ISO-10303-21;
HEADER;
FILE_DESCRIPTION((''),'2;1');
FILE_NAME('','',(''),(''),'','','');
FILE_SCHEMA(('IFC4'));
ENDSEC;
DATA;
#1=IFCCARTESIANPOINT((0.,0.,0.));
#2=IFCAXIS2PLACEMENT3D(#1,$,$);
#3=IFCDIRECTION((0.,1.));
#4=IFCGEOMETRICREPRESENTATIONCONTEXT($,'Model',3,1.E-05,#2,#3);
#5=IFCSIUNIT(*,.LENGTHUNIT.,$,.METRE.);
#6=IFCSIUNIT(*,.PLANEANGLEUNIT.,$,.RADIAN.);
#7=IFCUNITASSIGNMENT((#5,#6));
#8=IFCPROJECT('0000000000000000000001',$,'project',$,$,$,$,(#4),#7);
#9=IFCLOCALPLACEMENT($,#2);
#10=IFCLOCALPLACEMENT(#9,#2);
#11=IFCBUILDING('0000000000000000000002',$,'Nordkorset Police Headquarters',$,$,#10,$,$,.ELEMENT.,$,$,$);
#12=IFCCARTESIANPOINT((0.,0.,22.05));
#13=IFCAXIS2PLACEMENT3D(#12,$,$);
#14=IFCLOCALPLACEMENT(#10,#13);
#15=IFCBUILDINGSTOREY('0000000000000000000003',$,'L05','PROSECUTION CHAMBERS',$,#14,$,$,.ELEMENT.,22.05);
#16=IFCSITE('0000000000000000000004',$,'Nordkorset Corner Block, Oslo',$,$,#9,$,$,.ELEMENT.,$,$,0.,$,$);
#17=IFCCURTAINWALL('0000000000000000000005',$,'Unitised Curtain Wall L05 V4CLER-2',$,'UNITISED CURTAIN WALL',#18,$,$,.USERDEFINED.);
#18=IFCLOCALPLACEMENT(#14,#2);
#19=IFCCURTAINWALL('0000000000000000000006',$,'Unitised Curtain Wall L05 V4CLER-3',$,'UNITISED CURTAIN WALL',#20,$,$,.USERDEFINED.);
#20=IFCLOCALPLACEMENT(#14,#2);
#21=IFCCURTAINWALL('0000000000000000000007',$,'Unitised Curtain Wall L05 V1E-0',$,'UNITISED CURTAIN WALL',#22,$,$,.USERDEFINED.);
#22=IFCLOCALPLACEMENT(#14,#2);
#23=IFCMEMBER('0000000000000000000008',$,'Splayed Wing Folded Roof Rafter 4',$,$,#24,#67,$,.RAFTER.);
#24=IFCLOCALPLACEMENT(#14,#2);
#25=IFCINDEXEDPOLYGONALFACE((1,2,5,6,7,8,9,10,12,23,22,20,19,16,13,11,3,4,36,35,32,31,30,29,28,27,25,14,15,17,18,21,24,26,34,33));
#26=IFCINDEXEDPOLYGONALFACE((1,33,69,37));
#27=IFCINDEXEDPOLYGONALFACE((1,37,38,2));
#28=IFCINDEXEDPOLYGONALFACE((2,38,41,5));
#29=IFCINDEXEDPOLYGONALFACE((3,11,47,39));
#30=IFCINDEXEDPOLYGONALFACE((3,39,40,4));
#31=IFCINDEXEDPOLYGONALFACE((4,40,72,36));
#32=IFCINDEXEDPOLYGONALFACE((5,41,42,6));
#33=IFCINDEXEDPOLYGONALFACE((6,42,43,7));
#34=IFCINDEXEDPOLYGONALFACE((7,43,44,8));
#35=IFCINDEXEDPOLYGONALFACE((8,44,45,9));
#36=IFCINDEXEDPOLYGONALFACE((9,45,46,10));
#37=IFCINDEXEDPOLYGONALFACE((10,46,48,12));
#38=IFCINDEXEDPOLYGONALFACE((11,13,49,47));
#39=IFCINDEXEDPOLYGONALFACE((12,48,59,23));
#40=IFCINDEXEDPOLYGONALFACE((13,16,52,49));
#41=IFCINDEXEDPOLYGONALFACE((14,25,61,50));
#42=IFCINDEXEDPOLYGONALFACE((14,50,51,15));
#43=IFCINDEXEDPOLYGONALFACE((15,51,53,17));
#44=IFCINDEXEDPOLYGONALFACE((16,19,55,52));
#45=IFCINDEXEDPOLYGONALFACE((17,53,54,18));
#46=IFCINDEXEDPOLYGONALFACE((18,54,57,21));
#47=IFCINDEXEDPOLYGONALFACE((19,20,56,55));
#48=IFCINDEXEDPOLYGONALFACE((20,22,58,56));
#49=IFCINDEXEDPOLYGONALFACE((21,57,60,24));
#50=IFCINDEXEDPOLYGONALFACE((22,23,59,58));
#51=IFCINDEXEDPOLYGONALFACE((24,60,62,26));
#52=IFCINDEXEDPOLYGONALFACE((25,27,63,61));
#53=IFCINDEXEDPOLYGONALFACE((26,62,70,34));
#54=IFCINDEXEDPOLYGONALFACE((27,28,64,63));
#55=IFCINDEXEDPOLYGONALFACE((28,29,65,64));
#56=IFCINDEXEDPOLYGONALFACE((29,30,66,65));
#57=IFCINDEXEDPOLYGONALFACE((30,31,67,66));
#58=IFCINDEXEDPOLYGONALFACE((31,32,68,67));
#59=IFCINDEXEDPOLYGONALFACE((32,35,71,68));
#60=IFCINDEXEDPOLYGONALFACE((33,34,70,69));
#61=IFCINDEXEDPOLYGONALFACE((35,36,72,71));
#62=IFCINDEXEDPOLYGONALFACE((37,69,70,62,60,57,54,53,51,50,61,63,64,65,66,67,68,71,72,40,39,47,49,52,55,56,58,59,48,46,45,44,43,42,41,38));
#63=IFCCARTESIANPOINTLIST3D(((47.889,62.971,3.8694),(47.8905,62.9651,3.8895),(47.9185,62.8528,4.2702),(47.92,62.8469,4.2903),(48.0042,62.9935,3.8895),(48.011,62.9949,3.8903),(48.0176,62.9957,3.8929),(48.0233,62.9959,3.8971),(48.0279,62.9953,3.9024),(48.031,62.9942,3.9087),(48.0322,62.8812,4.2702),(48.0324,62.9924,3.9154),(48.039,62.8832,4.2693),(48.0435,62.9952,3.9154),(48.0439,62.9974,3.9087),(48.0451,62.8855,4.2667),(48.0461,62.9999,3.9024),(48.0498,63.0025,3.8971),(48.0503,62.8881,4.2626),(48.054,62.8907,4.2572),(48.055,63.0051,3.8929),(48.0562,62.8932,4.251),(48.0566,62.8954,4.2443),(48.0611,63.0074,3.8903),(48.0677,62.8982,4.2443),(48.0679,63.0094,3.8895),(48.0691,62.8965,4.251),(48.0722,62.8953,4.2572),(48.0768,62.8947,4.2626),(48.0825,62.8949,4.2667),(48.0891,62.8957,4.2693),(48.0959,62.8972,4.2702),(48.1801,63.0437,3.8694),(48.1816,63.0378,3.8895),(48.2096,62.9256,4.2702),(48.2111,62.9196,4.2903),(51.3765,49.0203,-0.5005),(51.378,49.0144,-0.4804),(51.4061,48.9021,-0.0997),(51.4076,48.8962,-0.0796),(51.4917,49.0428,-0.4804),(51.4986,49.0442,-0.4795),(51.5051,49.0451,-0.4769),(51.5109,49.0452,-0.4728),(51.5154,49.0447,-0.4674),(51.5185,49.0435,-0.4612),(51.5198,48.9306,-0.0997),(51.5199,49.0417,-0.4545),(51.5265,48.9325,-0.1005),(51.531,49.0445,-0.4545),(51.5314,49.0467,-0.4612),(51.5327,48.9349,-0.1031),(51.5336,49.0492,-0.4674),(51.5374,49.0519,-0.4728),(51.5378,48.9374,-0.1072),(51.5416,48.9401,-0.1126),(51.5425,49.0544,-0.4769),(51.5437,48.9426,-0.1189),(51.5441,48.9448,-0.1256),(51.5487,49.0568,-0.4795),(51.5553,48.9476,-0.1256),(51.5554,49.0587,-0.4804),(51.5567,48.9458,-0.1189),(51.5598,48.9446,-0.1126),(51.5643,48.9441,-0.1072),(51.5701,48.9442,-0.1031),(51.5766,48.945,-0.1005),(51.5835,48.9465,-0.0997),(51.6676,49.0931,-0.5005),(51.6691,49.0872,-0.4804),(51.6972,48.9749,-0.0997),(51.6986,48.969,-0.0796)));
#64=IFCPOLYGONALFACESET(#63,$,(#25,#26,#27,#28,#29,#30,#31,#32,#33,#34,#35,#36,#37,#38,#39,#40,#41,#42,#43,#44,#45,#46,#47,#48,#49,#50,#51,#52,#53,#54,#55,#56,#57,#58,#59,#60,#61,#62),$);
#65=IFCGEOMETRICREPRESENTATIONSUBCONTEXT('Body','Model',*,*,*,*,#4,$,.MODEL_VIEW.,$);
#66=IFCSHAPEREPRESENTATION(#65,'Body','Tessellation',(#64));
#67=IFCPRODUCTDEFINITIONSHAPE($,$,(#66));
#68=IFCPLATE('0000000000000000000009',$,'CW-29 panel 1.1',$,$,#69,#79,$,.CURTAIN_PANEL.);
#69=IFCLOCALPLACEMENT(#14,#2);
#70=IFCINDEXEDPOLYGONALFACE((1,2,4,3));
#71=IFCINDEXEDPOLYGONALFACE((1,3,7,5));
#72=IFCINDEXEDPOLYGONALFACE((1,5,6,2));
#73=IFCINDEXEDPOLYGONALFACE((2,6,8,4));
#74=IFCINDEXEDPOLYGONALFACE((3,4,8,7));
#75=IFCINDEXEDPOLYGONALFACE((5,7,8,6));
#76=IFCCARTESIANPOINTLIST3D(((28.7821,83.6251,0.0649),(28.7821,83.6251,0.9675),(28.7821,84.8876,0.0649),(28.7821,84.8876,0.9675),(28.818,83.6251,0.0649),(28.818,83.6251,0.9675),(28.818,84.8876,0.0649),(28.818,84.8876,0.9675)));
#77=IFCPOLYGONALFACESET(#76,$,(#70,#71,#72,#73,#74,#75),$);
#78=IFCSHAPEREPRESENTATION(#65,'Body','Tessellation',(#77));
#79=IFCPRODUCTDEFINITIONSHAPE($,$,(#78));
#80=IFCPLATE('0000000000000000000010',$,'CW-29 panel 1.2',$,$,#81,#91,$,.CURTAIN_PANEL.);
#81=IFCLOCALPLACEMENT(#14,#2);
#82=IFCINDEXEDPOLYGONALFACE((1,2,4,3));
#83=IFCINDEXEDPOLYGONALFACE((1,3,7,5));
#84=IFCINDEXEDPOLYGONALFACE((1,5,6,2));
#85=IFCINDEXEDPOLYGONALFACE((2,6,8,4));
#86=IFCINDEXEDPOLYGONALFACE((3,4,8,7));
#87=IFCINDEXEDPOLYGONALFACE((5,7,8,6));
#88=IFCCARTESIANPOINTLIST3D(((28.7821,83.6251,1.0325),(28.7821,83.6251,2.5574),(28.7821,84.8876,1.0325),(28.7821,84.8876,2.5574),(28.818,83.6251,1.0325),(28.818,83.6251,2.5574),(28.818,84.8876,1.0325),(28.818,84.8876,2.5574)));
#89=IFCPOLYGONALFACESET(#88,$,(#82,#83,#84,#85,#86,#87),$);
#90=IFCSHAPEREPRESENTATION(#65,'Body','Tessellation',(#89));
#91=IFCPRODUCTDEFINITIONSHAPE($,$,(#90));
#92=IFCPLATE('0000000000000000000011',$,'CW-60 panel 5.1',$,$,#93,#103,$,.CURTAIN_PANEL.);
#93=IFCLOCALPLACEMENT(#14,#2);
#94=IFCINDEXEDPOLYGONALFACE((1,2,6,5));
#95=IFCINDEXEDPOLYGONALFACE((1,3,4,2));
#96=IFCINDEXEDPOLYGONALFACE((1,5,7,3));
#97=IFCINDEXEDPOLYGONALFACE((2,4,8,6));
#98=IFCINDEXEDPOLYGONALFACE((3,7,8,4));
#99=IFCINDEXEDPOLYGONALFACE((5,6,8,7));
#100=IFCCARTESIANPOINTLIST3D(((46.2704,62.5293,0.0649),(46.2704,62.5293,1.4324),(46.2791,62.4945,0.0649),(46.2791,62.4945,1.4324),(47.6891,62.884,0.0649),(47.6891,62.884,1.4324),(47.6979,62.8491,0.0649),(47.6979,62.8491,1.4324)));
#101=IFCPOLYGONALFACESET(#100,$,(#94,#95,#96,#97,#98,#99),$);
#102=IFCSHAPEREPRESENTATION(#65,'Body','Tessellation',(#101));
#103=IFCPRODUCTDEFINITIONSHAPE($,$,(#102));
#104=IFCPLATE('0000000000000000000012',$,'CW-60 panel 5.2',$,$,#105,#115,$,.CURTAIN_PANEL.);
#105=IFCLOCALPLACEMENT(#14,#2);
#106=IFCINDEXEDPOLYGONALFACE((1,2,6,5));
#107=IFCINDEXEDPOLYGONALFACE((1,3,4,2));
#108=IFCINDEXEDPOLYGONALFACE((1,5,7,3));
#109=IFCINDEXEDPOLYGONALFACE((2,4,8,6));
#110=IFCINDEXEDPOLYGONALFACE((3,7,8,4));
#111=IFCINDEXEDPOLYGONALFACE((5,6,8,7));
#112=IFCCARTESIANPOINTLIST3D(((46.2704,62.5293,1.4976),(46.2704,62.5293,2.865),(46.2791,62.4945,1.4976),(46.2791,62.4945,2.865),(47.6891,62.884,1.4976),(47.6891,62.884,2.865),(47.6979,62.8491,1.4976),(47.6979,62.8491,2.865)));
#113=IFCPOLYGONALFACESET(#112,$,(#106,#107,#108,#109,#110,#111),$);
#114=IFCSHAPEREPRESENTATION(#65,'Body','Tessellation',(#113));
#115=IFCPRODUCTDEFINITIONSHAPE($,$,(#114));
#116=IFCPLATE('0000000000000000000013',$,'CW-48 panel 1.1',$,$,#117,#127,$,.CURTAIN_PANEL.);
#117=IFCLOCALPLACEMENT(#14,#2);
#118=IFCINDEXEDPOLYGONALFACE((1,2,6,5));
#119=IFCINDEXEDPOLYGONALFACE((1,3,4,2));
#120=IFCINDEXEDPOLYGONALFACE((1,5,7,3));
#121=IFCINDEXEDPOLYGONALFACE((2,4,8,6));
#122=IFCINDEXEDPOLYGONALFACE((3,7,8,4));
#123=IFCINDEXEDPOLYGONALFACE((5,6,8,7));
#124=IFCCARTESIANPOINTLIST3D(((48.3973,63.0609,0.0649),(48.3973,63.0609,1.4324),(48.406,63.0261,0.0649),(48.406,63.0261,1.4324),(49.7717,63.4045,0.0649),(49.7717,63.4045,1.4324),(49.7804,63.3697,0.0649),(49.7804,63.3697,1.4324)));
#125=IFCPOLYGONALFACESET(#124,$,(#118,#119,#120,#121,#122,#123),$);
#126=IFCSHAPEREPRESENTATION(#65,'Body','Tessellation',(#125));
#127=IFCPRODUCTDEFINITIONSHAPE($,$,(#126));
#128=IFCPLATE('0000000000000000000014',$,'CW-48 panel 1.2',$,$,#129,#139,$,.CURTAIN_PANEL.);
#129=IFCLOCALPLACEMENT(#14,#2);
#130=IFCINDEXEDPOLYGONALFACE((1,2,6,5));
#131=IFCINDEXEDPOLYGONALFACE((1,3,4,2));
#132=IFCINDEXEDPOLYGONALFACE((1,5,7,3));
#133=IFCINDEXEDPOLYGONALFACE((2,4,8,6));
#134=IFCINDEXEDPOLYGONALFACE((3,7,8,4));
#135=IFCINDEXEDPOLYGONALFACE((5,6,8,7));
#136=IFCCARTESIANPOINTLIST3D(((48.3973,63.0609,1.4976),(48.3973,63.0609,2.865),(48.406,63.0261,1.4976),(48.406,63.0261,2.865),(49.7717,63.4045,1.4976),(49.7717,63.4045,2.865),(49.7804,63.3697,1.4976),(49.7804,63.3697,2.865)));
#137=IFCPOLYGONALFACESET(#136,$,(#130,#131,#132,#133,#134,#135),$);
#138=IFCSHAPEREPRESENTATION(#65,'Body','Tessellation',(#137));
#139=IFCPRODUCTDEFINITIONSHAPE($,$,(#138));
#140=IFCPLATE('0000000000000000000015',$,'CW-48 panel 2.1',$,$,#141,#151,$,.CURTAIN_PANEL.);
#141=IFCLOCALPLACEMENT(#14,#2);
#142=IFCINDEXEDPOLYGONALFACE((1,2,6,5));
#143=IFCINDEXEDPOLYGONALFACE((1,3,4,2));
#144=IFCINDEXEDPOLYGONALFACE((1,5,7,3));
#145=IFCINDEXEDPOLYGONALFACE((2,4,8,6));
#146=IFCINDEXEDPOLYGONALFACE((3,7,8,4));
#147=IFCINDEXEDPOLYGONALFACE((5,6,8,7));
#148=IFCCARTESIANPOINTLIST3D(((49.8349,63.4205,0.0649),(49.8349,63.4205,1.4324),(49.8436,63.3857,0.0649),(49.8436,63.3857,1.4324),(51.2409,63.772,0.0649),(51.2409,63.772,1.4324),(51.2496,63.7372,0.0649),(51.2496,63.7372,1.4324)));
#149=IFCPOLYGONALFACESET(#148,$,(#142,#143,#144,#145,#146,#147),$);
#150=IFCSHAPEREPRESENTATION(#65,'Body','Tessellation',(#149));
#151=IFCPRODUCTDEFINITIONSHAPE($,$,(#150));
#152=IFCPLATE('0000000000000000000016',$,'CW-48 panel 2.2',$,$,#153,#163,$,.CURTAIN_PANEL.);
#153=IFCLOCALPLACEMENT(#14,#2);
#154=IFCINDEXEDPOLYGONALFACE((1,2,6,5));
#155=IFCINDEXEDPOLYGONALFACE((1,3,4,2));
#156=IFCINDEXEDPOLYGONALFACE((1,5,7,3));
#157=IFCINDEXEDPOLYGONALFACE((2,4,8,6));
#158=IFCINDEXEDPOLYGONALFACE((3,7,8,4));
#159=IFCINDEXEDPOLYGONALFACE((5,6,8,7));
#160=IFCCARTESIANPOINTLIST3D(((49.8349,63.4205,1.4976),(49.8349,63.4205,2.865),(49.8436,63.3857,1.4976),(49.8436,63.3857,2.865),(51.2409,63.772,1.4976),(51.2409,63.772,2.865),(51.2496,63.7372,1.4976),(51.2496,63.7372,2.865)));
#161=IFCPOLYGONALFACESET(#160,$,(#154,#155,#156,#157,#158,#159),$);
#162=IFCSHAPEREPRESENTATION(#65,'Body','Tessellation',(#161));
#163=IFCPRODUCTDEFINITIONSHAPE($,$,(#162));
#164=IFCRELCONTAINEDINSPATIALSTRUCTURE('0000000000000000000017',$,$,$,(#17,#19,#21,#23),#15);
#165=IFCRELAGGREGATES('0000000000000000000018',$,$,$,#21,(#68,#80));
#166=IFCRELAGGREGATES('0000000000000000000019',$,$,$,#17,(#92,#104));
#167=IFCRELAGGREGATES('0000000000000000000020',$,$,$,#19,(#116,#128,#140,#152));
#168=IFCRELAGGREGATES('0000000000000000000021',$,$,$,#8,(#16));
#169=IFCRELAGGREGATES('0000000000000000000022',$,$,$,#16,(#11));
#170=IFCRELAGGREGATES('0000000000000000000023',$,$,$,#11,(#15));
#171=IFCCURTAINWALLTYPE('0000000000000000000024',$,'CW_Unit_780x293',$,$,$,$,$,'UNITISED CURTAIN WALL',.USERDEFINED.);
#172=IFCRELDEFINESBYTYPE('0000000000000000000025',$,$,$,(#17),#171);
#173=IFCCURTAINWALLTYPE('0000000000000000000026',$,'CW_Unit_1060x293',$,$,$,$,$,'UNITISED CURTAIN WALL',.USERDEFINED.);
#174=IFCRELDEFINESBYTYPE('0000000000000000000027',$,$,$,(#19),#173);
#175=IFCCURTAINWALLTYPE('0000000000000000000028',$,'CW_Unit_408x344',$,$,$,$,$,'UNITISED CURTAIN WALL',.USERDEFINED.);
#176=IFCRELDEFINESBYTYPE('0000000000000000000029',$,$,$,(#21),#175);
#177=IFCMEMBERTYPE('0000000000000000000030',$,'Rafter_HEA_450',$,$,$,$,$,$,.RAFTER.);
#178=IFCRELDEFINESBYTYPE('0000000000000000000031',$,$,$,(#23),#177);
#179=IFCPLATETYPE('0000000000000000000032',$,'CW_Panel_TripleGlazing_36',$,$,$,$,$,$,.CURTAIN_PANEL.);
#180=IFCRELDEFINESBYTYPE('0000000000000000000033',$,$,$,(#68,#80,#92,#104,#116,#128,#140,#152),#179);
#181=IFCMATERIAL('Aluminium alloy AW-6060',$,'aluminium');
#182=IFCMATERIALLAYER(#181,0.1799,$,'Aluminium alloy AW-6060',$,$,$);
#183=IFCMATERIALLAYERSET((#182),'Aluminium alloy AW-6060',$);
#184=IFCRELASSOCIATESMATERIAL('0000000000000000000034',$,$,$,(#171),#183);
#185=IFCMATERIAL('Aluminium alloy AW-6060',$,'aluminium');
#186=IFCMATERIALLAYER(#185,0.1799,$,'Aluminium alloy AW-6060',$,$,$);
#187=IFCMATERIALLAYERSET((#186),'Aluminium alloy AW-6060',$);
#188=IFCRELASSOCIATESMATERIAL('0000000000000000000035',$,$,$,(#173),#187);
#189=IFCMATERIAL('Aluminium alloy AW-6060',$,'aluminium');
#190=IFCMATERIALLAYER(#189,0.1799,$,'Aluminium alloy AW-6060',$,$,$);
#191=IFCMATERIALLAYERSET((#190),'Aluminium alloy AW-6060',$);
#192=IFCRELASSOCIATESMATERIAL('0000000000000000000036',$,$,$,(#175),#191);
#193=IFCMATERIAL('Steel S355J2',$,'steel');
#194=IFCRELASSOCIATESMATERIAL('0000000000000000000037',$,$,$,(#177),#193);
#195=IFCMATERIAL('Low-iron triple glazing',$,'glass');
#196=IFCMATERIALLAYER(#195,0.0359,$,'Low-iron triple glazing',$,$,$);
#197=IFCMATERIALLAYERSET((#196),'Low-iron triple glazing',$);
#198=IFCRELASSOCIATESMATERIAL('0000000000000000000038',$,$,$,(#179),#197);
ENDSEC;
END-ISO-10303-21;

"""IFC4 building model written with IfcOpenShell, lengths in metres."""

from ifc_helpers import new_model, si_unit, direction, frame, origin, origin_2d, place, context, subcontext, project, spatial, rectangle, i_section, extrude, material, layer, layer_set, material_profile, profile_set, type_object, element, aggregate, save


model = new_model("IFC4")

# Units and contexts
model_context = context("Model", 3, precision=1e-05, world=origin(), true_north=direction((0.0, 1.0)))
body_context = subcontext(model_context, "Body", "Model", "MODEL_VIEW")
ifc_project = project(units=[si_unit("LENGTHUNIT", "METRE"), si_unit("PLANEANGLEUNIT", "RADIAN")], contexts=[model_context])

# Site, building, storey
site_placement = place(None, origin())
site = spatial("IfcSite", under=ifc_project, at=site_placement, Name="Nordkorset Corner Block, Oslo", CompositionType="ELEMENT", RefElevation=0.0)
building_placement = place(site_placement, origin())
building = spatial("IfcBuilding", under=site, at=building_placement, Name="Nordkorset Police Headquarters", CompositionType="ELEMENT")
storey_placement = place(building_placement, frame((0.0, 0.0, 22.05)))
storey = spatial("IfcBuildingStorey", under=building, at=storey_placement, Name="L05", Description="PROSECUTION CHAMBERS", CompositionType="ELEMENT", Elevation=22.05)

# Curtain walls
ifc_material_1 = material(Name="Aluminium alloy AW-6060", Category="aluminium")
ifc_layer_1 = layer(ifc_material_1, 0.1799, Name="Aluminium alloy AW-6060")
ifc_layer_set_1 = layer_set([ifc_layer_1], Name="Aluminium alloy AW-6060")
curtain_wall_type_1 = type_object("IfcCurtainWallType", Name="CW_Unit_780x293", ElementType="UNITISED CURTAIN WALL", PredefinedType="USERDEFINED", material=ifc_layer_set_1)
curtain_wall_1_placement = place(storey_placement, origin())
curtain_wall_1 = element("IfcCurtainWall", 1, at=curtain_wall_1_placement, inside=storey, type_object=curtain_wall_type_1, Name="Unitised Curtain Wall L05 V4CLER-2", ObjectType="UNITISED CURTAIN WALL", PredefinedType="USERDEFINED")
ifc_material_2 = material(Name="Aluminium alloy AW-6060", Category="aluminium")
ifc_layer_2 = layer(ifc_material_2, 0.1799, Name="Aluminium alloy AW-6060")
ifc_layer_set_2 = layer_set([ifc_layer_2], Name="Aluminium alloy AW-6060")
curtain_wall_type_2 = type_object("IfcCurtainWallType", Name="CW_Unit_1060x293", ElementType="UNITISED CURTAIN WALL", PredefinedType="USERDEFINED", material=ifc_layer_set_2)
curtain_wall_2_placement = place(storey_placement, origin())
curtain_wall_2 = element("IfcCurtainWall", 2, at=curtain_wall_2_placement, inside=storey, type_object=curtain_wall_type_2, Name="Unitised Curtain Wall L05 V4CLER-3", ObjectType="UNITISED CURTAIN WALL", PredefinedType="USERDEFINED")
ifc_material_3 = material(Name="Aluminium alloy AW-6060", Category="aluminium")
ifc_layer_3 = layer(ifc_material_3, 0.1799, Name="Aluminium alloy AW-6060")
ifc_layer_set_3 = layer_set([ifc_layer_3], Name="Aluminium alloy AW-6060")
curtain_wall_type_3 = type_object("IfcCurtainWallType", Name="CW_Unit_408x344", ElementType="UNITISED CURTAIN WALL", PredefinedType="USERDEFINED", material=ifc_layer_set_3)
curtain_wall_3_placement = place(storey_placement, origin())
curtain_wall_3 = element("IfcCurtainWall", 3, at=curtain_wall_3_placement, inside=storey, type_object=curtain_wall_type_3, Name="Unitised Curtain Wall L05 V1E-0", ObjectType="UNITISED CURTAIN WALL", PredefinedType="USERDEFINED")

# Member
ifc_material_4 = material(Name="Steel S355J2", Category="steel")
ifc_material_profile_1 = material_profile(ifc_material_4, i_section(OverallWidth=0.3, OverallDepth=0.4399, WebThickness=0.0115, FlangeThickness=0.021, FilletRadius=0.0271, at=origin_2d()), Name="HEA 450")
ifc_profile_set_1 = profile_set([ifc_material_profile_1], Name="Steel S355J2")
member_type_1 = type_object("IfcMemberType", Name="Rafter_HEA_450", PredefinedType="RAFTER", material=ifc_profile_set_1)
member_1_placement = place(storey_placement, frame((48.05, 62.9453, 4.0798), z_axis=(0.23205, -0.928231, -0.290757), x_axis=(0.970144, 0.242528, 0.0)))
element("IfcMember", 4, at=member_1_placement, inside=storey, type_object=member_type_1, Name="Splayed Wing Folded Roof Rafter 4", PredefinedType="RAFTER", context=body_context, shape_type="SweptSolid", body=[
    extrude(i_section(OverallWidth=0.3, OverallDepth=0.4399, WebThickness=0.0115, FlangeThickness=0.021, FilletRadius=0.0271, at=origin_2d()), origin(), (0.0, 0.0, 1.0), 15.0293),
])

# Plates
ifc_material_5 = material(Name="Low-iron triple glazing", Category="glass")
ifc_layer_4 = layer(ifc_material_5, 0.0359, Name="Low-iron triple glazing")
ifc_layer_set_4 = layer_set([ifc_layer_4], Name="Low-iron triple glazing")
plate_type = type_object("IfcPlateType", Name="CW_Panel_TripleGlazing_36", PredefinedType="CURTAIN_PANEL", material=ifc_layer_set_4)
plate_1_placement = place(storey_placement, frame((28.8, 84.2563, 0.0649), z_axis=(0.0, 0.0, 1.0), x_axis=(0.0, 1.0, 0.0)))
plate_1 = element("IfcPlate", 5, at=plate_1_placement, type_object=plate_type, Name="CW-29 panel 1.1", PredefinedType="CURTAIN_PANEL", context=body_context, shape_type="SweptSolid", body=[
    extrude(rectangle(XDim=1.2625, YDim=0.0359, at=origin_2d()), origin(), (0.0, 0.0, 1.0), 0.9026),
])
plate_2_placement = place(storey_placement, frame((28.8, 84.2563, 1.0325), z_axis=(0.0, 0.0, 1.0), x_axis=(0.0, 1.0, 0.0)))
plate_2 = element("IfcPlate", 6, at=plate_2_placement, type_object=plate_type, Name="CW-29 panel 1.2", PredefinedType="CURTAIN_PANEL", context=body_context, shape_type="SweptSolid", body=[
    extrude(rectangle(XDim=1.2625, YDim=0.0359, at=origin_2d()), origin(), (0.0, 0.0, 1.0), 1.5249),
])
aggregate(curtain_wall_3, [plate_1, plate_2])
plate_3_placement = place(storey_placement, frame((46.9841, 62.6892, 0.0649), z_axis=(0.0, 0.0, 1.0), x_axis=(0.970142, 0.242536, 0.0)))
plate_3 = element("IfcPlate", 7, at=plate_3_placement, type_object=plate_type, Name="CW-60 panel 5.1", PredefinedType="CURTAIN_PANEL", context=body_context, shape_type="SweptSolid", body=[
    extrude(rectangle(XDim=1.4624, YDim=0.0359, at=origin_2d()), origin(), (0.0, 0.0, 1.0), 1.3674),
])
plate_4_placement = place(storey_placement, frame((46.9841, 62.6892, 1.4976), z_axis=(0.0, 0.0, 1.0), x_axis=(0.970142, 0.242536, 0.0)))
plate_4 = element("IfcPlate", 8, at=plate_4_placement, type_object=plate_type, Name="CW-60 panel 5.2", PredefinedType="CURTAIN_PANEL", context=body_context, shape_type="SweptSolid", body=[
    extrude(rectangle(XDim=1.4624, YDim=0.0359, at=origin_2d()), origin(), (0.0, 0.0, 1.0), 1.3674),
])
aggregate(curtain_wall_1, [plate_3, plate_4])
plate_5_placement = place(storey_placement, frame((49.0889, 63.2153, 0.0649), z_axis=(0.0, 0.0, 1.0), x_axis=(0.970142, 0.242536, 0.0)))
plate_5 = element("IfcPlate", 9, at=plate_5_placement, type_object=plate_type, Name="CW-48 panel 1.1", PredefinedType="CURTAIN_PANEL", context=body_context, shape_type="SweptSolid", body=[
    extrude(rectangle(XDim=1.4167, YDim=0.0359, at=origin_2d()), origin(), (0.0, 0.0, 1.0), 1.3674),
])
plate_6_placement = place(storey_placement, frame((49.0889, 63.2153, 1.4976), z_axis=(0.0, 0.0, 1.0), x_axis=(0.970142, 0.242536, 0.0)))
plate_6 = element("IfcPlate", 10, at=plate_6_placement, type_object=plate_type, Name="CW-48 panel 1.2", PredefinedType="CURTAIN_PANEL", context=body_context, shape_type="SweptSolid", body=[
    extrude(rectangle(XDim=1.4167, YDim=0.0359, at=origin_2d()), origin(), (0.0, 0.0, 1.0), 1.3674),
])
plate_7_placement = place(storey_placement, frame((50.5422, 63.5789, 0.0649), z_axis=(0.0, 0.0, 1.0), x_axis=(0.970142, 0.242536, 0.0)))
plate_7 = element("IfcPlate", 11, at=plate_7_placement, type_object=plate_type, Name="CW-48 panel 2.1", PredefinedType="CURTAIN_PANEL", context=body_context, shape_type="SweptSolid", body=[
    extrude(rectangle(XDim=1.4492, YDim=0.0359, at=origin_2d()), origin(), (0.0, 0.0, 1.0), 1.3674),
])
plate_8_placement = place(storey_placement, frame((50.5422, 63.5789, 1.4976), z_axis=(0.0, 0.0, 1.0), x_axis=(0.970142, 0.242536, 0.0)))
plate_8 = element("IfcPlate", 12, at=plate_8_placement, type_object=plate_type, Name="CW-48 panel 2.2", PredefinedType="CURTAIN_PANEL", context=body_context, shape_type="SweptSolid", body=[
    extrude(rectangle(XDim=1.4492, YDim=0.0359, at=origin_2d()), origin(), (0.0, 0.0, 1.0), 1.3674),
])
aggregate(curtain_wall_2, [plate_5, plate_6, plate_7, plate_8])

save(model, "model.ifc")
